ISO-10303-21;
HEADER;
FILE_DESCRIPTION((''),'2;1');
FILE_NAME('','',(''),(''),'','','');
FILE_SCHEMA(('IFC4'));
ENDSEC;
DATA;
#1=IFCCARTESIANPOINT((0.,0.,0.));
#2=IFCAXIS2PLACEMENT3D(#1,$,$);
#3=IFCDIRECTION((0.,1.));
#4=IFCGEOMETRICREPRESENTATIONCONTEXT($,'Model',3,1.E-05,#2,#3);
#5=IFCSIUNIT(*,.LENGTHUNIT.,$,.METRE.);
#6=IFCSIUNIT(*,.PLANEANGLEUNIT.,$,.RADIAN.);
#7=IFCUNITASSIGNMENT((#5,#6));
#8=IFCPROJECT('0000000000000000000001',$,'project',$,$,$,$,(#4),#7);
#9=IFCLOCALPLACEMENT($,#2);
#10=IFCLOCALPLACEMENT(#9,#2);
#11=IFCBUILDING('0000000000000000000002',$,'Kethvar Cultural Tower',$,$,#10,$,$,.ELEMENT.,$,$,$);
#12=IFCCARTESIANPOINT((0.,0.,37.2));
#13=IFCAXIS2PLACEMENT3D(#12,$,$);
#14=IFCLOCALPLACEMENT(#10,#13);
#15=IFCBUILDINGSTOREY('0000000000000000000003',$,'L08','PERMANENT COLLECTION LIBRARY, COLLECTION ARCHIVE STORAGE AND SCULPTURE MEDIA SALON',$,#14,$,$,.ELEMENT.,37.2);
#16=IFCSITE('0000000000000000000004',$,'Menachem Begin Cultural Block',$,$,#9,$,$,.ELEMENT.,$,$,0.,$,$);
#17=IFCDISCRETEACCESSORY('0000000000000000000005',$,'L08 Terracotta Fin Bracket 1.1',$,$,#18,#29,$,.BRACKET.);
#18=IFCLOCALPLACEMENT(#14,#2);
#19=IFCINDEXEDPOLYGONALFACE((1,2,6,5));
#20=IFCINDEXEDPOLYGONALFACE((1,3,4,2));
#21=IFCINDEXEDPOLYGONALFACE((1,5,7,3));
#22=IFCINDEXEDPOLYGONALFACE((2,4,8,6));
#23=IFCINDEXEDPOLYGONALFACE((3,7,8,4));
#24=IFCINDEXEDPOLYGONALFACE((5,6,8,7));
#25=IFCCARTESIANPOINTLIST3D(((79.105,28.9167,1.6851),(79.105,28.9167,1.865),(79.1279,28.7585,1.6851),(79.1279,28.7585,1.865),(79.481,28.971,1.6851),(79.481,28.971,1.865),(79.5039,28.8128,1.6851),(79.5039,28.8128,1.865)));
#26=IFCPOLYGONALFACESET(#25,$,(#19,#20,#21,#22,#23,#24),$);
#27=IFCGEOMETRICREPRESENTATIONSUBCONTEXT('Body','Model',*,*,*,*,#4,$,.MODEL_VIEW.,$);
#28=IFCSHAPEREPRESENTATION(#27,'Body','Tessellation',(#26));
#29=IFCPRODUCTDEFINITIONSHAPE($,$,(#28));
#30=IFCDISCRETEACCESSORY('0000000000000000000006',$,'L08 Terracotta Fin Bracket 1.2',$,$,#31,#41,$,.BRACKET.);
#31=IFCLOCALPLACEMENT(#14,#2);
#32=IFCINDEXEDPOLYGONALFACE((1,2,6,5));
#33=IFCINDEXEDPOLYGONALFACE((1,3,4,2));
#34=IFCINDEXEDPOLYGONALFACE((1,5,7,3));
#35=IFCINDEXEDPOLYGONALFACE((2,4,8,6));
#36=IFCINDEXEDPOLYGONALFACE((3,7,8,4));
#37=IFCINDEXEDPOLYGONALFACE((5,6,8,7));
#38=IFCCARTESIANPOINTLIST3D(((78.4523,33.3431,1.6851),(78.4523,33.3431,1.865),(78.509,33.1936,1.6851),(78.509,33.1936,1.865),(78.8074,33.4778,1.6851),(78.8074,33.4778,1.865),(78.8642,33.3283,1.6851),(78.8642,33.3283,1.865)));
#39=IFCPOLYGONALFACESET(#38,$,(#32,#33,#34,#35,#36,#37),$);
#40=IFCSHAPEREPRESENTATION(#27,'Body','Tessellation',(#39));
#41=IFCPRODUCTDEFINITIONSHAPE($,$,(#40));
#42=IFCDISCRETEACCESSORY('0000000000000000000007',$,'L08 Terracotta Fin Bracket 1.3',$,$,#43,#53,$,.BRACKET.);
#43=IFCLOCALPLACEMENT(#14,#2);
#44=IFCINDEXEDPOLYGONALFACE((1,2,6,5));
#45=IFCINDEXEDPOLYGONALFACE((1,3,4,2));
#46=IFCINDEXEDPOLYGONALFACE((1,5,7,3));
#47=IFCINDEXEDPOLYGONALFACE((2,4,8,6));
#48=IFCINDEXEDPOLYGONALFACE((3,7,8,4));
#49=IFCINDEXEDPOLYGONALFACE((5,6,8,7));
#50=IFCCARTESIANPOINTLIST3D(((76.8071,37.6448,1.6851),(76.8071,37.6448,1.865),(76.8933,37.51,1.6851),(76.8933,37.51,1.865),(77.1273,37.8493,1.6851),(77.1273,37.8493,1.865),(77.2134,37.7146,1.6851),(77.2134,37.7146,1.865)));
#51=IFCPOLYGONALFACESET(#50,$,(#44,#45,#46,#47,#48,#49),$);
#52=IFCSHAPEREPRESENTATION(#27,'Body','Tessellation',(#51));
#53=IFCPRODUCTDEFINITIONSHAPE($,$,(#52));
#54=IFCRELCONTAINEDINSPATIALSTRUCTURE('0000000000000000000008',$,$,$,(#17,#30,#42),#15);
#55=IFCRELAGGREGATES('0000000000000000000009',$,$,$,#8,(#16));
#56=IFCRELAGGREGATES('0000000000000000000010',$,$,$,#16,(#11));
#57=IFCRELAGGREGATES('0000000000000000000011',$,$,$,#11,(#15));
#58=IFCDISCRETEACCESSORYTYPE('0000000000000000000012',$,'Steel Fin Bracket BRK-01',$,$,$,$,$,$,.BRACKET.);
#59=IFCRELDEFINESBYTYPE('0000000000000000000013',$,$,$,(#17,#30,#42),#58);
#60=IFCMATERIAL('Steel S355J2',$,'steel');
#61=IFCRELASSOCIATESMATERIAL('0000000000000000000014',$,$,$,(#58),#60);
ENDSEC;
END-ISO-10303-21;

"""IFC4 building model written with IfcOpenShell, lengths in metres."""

from ifc_helpers import new_model, si_unit, direction, frame, origin, origin_2d, place, context, subcontext, project, spatial, rectangle, extrude, source, transform, mapped, material, type_object, element, save


model = new_model("IFC4")

# Units and contexts
model_context = context("Model", 3, precision=1e-05, world=origin(), true_north=direction((0.0, 1.0)))
body_context = subcontext(model_context, "Body", "Model", "MODEL_VIEW")
ifc_project = project(units=[si_unit("LENGTHUNIT", "METRE"), si_unit("PLANEANGLEUNIT", "RADIAN")], contexts=[model_context])

# Site, building, storey
site_placement = place(None, origin())
site = spatial("IfcSite", under=ifc_project, at=site_placement, Name="Menachem Begin Cultural Block", CompositionType="ELEMENT", RefElevation=0.0)
building_placement = place(site_placement, origin())
building = spatial("IfcBuilding", under=site, at=building_placement, Name="Kethvar Cultural Tower", CompositionType="ELEMENT")
storey_placement = place(building_placement, frame((0.0, 0.0, 37.2)))
storey = spatial("IfcBuildingStorey", under=building, at=storey_placement, Name="L08", Description="PERMANENT COLLECTION LIBRARY, COLLECTION ARCHIVE STORAGE AND SCULPTURE MEDIA SALON", CompositionType="ELEMENT", Elevation=37.2)

# Shared definitions
ifc_material_1 = material(Name="Steel S355J2", Category="steel")

# Discrete accessories
discrete_accessory_type = type_object("IfcDiscreteAccessoryType", Name="Steel Fin Bracket BRK-01", PredefinedType="BRACKET", material=ifc_material_1)
shared_shape_1 = source(origin(), body_context, "Body", "SweptSolid", [
    extrude(rectangle(XDim=0.3799, YDim=0.1599, at=origin_2d()), origin(), (0.0, 0.0, 1.0), 0.1799),
])
for number, where, z_axis, x_axis, name in (
    (1, (79.3044, 28.8647, 1.6851), (0.0, 0.0, 1.0), (0.989726, 0.142974, 0.0), "L08 Terracotta Fin Bracket 1.1"),
    (2, (78.6582, 33.3357, 1.6851), (0.0, 0.0, 1.0), (0.935011, 0.354617, 0.0), "L08 Terracotta Fin Bracket 1.2"),
    (3, (77.0103, 37.6797, 1.6851), (0.0, 0.0, 1.0), (0.84264, 0.538477, 0.0), "L08 Terracotta Fin Bracket 1.3"),
):
    element("IfcDiscreteAccessory", number, at=place(storey_placement, frame(where, z_axis=z_axis, x_axis=x_axis)), inside=storey, type_object=discrete_accessory_type, Name=name, PredefinedType="BRACKET", context=body_context, shape_type="MappedRepresentation", body=[
        mapped(shared_shape_1, transform((0.0, 0.0, 0.0), scale=1.0)),
    ])

save(model, "model.ifc")
